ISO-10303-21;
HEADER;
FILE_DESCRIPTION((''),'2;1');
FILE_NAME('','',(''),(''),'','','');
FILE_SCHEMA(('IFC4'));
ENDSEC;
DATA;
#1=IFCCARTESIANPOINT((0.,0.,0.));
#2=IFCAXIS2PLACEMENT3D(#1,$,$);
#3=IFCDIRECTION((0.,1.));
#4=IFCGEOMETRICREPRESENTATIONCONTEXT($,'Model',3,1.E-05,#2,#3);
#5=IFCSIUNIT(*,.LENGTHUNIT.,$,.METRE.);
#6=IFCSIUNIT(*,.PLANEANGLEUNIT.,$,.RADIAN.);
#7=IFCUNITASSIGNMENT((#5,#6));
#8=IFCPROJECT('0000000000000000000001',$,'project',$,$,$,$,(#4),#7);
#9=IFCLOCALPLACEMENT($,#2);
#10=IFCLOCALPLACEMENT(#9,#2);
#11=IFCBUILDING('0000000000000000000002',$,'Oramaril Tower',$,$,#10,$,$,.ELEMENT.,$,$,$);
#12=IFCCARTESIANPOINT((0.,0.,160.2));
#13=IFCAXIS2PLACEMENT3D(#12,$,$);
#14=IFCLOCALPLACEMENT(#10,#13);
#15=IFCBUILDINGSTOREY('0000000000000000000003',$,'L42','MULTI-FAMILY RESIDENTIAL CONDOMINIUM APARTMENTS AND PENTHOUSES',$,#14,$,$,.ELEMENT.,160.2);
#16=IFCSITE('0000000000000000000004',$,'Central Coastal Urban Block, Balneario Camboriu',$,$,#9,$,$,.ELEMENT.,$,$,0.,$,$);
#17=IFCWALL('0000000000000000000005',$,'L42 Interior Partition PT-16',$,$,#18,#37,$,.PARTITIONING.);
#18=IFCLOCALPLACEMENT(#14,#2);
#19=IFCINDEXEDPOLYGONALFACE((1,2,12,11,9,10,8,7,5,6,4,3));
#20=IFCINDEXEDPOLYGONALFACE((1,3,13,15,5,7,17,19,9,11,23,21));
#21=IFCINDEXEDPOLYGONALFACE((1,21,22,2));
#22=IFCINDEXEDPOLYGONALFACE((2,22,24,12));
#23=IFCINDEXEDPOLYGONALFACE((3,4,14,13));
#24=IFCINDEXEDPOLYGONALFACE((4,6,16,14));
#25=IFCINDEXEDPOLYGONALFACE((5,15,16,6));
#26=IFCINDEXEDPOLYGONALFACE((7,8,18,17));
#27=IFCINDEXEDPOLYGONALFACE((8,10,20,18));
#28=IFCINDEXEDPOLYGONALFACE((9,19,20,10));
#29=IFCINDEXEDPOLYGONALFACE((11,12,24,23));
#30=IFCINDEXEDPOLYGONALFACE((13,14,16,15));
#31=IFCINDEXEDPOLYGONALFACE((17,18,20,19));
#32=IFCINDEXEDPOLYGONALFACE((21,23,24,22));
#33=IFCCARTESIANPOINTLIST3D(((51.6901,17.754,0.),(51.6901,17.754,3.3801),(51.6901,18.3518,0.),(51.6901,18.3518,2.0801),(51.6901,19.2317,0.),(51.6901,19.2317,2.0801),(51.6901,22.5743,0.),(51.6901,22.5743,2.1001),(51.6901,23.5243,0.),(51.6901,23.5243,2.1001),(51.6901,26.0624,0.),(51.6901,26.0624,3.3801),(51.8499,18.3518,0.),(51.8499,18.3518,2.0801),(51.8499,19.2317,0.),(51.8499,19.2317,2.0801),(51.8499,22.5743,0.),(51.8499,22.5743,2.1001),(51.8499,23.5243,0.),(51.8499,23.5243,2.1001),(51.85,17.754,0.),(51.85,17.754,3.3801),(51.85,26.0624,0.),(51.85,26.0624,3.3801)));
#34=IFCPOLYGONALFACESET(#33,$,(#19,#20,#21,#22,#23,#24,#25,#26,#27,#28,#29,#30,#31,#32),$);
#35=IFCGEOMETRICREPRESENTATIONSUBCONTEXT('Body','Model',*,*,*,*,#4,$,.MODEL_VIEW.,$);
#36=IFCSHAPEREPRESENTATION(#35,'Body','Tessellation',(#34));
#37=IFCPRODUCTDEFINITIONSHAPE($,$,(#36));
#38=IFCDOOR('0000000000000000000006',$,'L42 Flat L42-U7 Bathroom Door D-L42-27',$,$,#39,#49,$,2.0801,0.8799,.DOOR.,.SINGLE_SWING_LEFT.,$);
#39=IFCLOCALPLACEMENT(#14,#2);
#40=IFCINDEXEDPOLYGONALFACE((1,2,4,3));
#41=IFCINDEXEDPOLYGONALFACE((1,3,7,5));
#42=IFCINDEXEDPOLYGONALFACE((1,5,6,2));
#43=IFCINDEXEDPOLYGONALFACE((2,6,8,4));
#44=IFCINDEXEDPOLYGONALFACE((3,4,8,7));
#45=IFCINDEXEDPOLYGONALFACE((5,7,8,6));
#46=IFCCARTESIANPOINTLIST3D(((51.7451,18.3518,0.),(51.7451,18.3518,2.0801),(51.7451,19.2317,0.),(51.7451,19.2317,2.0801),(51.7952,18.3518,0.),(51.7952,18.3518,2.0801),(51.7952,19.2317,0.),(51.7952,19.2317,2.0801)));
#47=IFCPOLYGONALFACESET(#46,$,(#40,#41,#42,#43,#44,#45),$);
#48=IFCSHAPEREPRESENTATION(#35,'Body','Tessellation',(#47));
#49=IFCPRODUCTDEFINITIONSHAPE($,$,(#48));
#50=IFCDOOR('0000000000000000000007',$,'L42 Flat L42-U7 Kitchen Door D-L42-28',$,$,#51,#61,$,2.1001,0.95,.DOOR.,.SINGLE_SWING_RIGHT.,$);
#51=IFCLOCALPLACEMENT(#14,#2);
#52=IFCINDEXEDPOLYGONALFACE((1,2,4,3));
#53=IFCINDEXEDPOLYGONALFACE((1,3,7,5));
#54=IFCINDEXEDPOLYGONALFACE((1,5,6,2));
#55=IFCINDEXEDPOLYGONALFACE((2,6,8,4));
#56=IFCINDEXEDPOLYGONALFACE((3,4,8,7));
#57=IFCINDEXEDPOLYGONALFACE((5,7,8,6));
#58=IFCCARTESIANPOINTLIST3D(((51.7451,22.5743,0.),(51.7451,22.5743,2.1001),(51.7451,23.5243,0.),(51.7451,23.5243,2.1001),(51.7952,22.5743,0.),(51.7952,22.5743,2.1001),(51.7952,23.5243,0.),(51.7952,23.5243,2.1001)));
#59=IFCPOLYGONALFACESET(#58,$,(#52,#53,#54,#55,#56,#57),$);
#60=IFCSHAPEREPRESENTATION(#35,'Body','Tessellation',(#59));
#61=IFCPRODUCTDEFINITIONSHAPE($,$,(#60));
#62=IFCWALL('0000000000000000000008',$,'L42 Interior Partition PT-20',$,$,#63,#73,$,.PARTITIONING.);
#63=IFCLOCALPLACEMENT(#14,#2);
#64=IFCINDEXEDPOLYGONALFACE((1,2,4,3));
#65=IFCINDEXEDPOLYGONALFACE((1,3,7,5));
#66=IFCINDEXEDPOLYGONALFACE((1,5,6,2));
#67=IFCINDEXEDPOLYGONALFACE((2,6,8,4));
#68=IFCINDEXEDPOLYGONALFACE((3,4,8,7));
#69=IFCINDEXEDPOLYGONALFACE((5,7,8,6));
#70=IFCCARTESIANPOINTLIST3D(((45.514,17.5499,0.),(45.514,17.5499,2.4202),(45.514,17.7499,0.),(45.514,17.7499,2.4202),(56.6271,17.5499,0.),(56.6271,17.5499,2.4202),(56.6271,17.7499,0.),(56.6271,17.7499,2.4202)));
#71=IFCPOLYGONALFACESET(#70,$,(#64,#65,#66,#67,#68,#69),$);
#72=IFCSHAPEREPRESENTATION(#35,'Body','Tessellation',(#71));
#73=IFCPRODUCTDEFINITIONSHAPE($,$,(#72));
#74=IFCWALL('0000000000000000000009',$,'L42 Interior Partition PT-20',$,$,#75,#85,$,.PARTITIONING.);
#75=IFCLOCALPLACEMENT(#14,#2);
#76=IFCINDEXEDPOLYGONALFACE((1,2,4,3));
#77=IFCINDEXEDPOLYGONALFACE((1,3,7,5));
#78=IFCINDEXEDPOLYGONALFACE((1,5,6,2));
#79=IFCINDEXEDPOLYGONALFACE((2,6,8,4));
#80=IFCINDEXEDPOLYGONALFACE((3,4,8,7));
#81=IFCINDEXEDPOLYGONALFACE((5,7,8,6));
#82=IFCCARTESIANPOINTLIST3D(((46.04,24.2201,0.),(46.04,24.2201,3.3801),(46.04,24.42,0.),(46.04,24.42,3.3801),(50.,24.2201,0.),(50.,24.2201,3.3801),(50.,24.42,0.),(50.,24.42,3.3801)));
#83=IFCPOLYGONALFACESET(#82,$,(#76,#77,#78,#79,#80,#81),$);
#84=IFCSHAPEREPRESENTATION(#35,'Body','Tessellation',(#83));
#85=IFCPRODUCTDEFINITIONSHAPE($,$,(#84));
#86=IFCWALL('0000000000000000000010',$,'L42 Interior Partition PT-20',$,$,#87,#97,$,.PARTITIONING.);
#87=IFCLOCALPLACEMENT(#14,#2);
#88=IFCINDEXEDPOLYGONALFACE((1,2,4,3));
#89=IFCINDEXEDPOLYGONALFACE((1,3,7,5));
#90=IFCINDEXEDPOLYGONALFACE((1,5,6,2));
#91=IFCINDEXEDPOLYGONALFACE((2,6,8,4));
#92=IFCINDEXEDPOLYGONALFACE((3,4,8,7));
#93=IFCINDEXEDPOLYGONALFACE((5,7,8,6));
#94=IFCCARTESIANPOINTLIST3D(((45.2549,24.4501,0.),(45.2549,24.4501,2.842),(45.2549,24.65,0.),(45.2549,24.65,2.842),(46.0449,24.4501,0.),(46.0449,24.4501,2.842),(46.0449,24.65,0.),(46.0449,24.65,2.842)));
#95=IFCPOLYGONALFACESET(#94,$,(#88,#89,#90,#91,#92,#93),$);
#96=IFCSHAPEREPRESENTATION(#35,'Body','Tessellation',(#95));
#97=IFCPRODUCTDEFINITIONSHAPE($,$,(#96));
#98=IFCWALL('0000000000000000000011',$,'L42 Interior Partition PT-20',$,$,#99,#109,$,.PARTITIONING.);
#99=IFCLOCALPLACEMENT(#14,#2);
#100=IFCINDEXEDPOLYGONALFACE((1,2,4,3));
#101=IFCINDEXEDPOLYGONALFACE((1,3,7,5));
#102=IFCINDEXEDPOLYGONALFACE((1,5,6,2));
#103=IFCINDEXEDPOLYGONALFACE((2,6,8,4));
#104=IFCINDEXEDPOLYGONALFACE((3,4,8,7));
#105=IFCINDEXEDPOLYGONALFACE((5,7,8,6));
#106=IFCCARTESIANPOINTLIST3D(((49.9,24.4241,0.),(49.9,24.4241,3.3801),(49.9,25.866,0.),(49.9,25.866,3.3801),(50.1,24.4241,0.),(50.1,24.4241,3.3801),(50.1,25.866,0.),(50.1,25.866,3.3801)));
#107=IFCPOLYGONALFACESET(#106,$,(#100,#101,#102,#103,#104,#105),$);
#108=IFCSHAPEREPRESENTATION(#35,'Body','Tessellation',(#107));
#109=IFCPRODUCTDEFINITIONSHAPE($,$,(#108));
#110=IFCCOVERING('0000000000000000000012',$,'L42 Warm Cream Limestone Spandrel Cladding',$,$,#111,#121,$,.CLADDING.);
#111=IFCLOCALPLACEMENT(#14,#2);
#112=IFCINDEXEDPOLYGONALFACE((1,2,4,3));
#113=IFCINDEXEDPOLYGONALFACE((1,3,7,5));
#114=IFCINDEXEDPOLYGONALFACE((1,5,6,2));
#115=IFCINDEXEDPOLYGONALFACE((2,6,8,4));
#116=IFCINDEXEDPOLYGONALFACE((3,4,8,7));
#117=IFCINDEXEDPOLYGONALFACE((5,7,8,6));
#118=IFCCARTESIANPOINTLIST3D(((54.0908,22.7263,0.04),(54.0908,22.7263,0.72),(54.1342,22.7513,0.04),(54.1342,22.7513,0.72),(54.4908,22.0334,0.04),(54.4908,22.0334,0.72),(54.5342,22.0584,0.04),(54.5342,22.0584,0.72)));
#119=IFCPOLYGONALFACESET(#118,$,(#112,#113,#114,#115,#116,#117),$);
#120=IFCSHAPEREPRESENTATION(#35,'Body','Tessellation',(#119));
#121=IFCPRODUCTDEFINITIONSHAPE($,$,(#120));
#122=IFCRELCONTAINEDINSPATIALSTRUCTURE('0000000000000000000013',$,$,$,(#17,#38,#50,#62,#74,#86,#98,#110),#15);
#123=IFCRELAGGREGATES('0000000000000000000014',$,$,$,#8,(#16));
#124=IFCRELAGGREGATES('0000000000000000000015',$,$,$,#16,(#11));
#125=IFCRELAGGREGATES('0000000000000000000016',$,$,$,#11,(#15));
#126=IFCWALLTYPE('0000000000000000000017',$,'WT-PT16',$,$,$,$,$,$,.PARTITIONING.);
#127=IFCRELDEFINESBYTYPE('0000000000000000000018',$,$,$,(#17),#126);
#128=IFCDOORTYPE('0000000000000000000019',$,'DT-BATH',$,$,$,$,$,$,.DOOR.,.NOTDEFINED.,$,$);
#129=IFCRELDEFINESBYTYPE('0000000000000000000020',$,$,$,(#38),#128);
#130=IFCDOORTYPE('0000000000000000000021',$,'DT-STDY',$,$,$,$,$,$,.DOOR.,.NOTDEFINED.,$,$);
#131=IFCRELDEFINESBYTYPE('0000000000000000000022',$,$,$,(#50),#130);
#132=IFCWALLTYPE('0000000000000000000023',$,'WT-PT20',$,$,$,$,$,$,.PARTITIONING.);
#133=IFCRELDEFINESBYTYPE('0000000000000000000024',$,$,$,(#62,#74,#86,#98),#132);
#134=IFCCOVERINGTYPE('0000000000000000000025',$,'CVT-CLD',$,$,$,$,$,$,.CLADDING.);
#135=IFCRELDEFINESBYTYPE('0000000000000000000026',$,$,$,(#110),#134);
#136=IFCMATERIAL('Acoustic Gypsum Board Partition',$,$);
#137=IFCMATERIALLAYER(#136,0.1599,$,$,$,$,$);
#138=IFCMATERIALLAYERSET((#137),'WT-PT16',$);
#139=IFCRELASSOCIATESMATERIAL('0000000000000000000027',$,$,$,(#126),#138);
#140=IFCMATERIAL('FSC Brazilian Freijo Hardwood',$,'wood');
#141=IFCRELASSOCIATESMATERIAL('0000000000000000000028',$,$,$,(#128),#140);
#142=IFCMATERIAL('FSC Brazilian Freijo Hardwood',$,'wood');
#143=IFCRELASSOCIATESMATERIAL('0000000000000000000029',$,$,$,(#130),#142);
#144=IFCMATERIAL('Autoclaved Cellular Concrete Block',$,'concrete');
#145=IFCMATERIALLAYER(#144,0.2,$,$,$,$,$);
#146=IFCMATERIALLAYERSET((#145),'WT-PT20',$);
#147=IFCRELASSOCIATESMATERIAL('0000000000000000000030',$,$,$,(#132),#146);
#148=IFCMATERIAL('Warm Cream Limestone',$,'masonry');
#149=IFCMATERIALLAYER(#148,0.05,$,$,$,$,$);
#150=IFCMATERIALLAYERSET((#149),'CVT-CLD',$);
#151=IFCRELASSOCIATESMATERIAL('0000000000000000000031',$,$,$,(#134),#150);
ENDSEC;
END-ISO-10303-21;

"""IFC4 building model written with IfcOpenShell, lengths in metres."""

from ifc_helpers import new_model, si_unit, direction, frame, frame_2d, origin, origin_2d, place, context, subcontext, project, spatial, rectangle, extrude, material, layer, layer_set, type_object, element, fill, save


model = new_model("IFC4")

# Units and contexts
model_context = context("Model", 3, precision=1e-05, world=origin(), true_north=direction((0.0, 1.0)))
body_context = subcontext(model_context, "Body", "Model", "MODEL_VIEW")
ifc_project = project(units=[si_unit("LENGTHUNIT", "METRE"), si_unit("PLANEANGLEUNIT", "RADIAN")], contexts=[model_context])

# Site, building, storey
site_placement = place(None, origin())
site = spatial("IfcSite", under=ifc_project, at=site_placement, Name="Central Coastal Urban Block, Balneario Camboriu", CompositionType="ELEMENT", RefElevation=0.0)
building_placement = place(site_placement, origin())
building = spatial("IfcBuilding", under=site, at=building_placement, Name="Oramaril Tower", CompositionType="ELEMENT")
storey_placement = place(building_placement, frame((0.0, 0.0, 160.2)))
storey = spatial("IfcBuildingStorey", under=building, at=storey_placement, Name="L42", Description="MULTI-FAMILY RESIDENTIAL CONDOMINIUM APARTMENTS AND PENTHOUSES", CompositionType="ELEMENT", Elevation=160.2)

# Wall, openings, doors
ifc_material_1 = material(Name="Acoustic Gypsum Board Partition")
ifc_layer_1 = layer(ifc_material_1, 0.1599)
ifc_layer_set_1 = layer_set([ifc_layer_1], Name="WT-PT16")
wall_type_1 = type_object("IfcWallType", Name="WT-PT16", PredefinedType="PARTITIONING", material=ifc_layer_set_1)
wall_1_placement = place(storey_placement, frame((51.77, 17.7539, 0.0), z_axis=(0.0, 0.0, 1.0), x_axis=(0.0, 1.0, 0.0)))
wall_1 = element("IfcWall", 1, at=wall_1_placement, inside=storey, type_object=wall_type_1, Name="L42 Interior Partition PT-16", PredefinedType="PARTITIONING", context=body_context, shape_type="SweptSolid", body=[
    extrude(rectangle(XDim=8.3083, YDim=0.1599, at=frame_2d((4.1543, 0.0))), origin(), (0.0, 0.0, 1.0), 3.3801),
])
opening_1_placement = place(wall_1_placement, frame((0.5979, 0.0, 0.0)))
opening_1 = element("IfcOpeningElement", 2, at=opening_1_placement, cuts=wall_1, PredefinedType="OPENING", context=body_context, shape_type="SweptSolid", body=[
    extrude(rectangle(XDim=0.8799, YDim=2.0801, at=frame_2d((0.4399, 1.04))), frame((0.0, 0.0801, 0.0), z_axis=(0.0, -1.0, 0.0), x_axis=(1.0, 0.0, 0.0)), (0.0, 0.0, 1.0), 0.1599),
])
opening_2_placement = place(wall_1_placement, frame((4.8203, 0.0, 0.0)))
opening_2 = element("IfcOpeningElement", 3, at=opening_2_placement, cuts=wall_1, PredefinedType="OPENING", context=body_context, shape_type="SweptSolid", body=[
    extrude(rectangle(XDim=0.95, YDim=2.1001, at=frame_2d((0.4751, 1.05))), frame((0.0, 0.0801, 0.0), z_axis=(0.0, -1.0, 0.0), x_axis=(1.0, 0.0, 0.0)), (0.0, 0.0, 1.0), 0.1599),
])
ifc_material_2 = material(Name="FSC Brazilian Freijo Hardwood", Category="wood")
door_type_1 = type_object("IfcDoorType", Name="DT-BATH", OperationType="NOTDEFINED", PredefinedType="DOOR", material=ifc_material_2)
door_1_placement = place(opening_1_placement, origin())
door_1 = element("IfcDoor", 4, at=door_1_placement, inside=storey, type_object=door_type_1, Name="L42 Flat L42-U7 Bathroom Door D-L42-27", OperationType="SINGLE_SWING_LEFT", OverallHeight=2.0801, OverallWidth=0.8799, PredefinedType="DOOR", context=body_context, shape_type="SweptSolid", body=[
    extrude(rectangle(XDim=0.8799, YDim=2.0801, at=frame_2d((0.4399, 1.04))), frame((0.0, 0.0249, 0.0), z_axis=(0.0, -1.0, 0.0), x_axis=(1.0, 0.0, 0.0)), (0.0, 0.0, 1.0), 0.05),
])
fill(opening_1, door_1)
ifc_material_3 = material(Name="FSC Brazilian Freijo Hardwood", Category="wood")
door_type_2 = type_object("IfcDoorType", Name="DT-STDY", OperationType="NOTDEFINED", PredefinedType="DOOR", material=ifc_material_3)
door_2_placement = place(opening_2_placement, origin())
door_2 = element("IfcDoor", 5, at=door_2_placement, inside=storey, type_object=door_type_2, Name="L42 Flat L42-U7 Kitchen Door D-L42-28", OperationType="SINGLE_SWING_RIGHT", OverallHeight=2.1001, OverallWidth=0.95, PredefinedType="DOOR", context=body_context, shape_type="SweptSolid", body=[
    extrude(rectangle(XDim=0.95, YDim=2.1001, at=frame_2d((0.4751, 1.05))), frame((0.0, 0.0249, 0.0), z_axis=(0.0, -1.0, 0.0), x_axis=(1.0, 0.0, 0.0)), (0.0, 0.0, 1.0), 0.05),
])
fill(opening_2, door_2)

# Walls
ifc_material_4 = material(Name="Autoclaved Cellular Concrete Block", Category="concrete")
ifc_layer_2 = layer(ifc_material_4, 0.2)
ifc_layer_set_2 = layer_set([ifc_layer_2], Name="WT-PT20")
wall_type_2 = type_object("IfcWallType", Name="WT-PT20", PredefinedType="PARTITIONING", material=ifc_layer_set_2)
wall_2_placement = place(storey_placement, frame((45.5139, 17.6499, 0.0), z_axis=(0.0, 0.0, 1.0), x_axis=(1.0, 0.0, 0.0)))
element("IfcWall", 6, at=wall_2_placement, inside=storey, type_object=wall_type_2, Name="L42 Interior Partition PT-20", PredefinedType="PARTITIONING", context=body_context, shape_type="SweptSolid", body=[
    extrude(rectangle(XDim=11.113, YDim=0.2, at=frame_2d((5.5566, 0.0))), origin(), (0.0, 0.0, 1.0), 2.4202),
])
wall_3_placement = place(storey_placement, frame((46.04, 24.3201, 0.0), z_axis=(0.0, 0.0, 1.0), x_axis=(1.0, 0.0, 0.0)))
element("IfcWall", 7, at=wall_3_placement, inside=storey, type_object=wall_type_2, Name="L42 Interior Partition PT-20", PredefinedType="PARTITIONING", context=body_context, shape_type="SweptSolid", body=[
    extrude(rectangle(XDim=3.96, YDim=0.2, at=frame_2d((1.98, 0.0))), origin(), (0.0, 0.0, 1.0), 3.3801),
])
wall_4_placement = place(storey_placement, frame((45.2549, 24.55, 0.0), z_axis=(0.0, 0.0, 1.0), x_axis=(1.0, 0.0, 0.0)))
element("IfcWall", 8, at=wall_4_placement, inside=storey, type_object=wall_type_2, Name="L42 Interior Partition PT-20", PredefinedType="PARTITIONING", context=body_context, shape_type="SweptSolid", body=[
    extrude(rectangle(XDim=0.79, YDim=0.2, at=frame_2d((0.395, 0.0))), origin(), (0.0, 0.0, 1.0), 2.842),
])
wall_5_placement = place(storey_placement, frame((50.0, 24.4241, 0.0), z_axis=(0.0, 0.0, 1.0), x_axis=(0.0, 1.0, 0.0)))
element("IfcWall", 9, at=wall_5_placement, inside=storey, type_object=wall_type_2, Name="L42 Interior Partition PT-20", PredefinedType="PARTITIONING", context=body_context, shape_type="SweptSolid", body=[
    extrude(rectangle(XDim=1.4419, YDim=0.2, at=frame_2d((0.7209, 0.0))), origin(), (0.0, 0.0, 1.0), 3.3801),
])

# Covering
ifc_material_5 = material(Name="Warm Cream Limestone", Category="masonry")
ifc_layer_3 = layer(ifc_material_5, 0.05)
ifc_layer_set_3 = layer_set([ifc_layer_3], Name="CVT-CLD")
covering_type = type_object("IfcCoveringType", Name="CVT-CLD", PredefinedType="CLADDING", material=ifc_layer_set_3)
covering_placement = place(storey_placement, frame((54.3125, 22.3923, 0.04), z_axis=(0.0, 0.0, 1.0), x_axis=(-0.5, 0.866025, 0.0)))
element("IfcCovering", 10, at=covering_placement, inside=storey, type_object=covering_type, Name="L42 Warm Cream Limestone Spandrel Cladding", PredefinedType="CLADDING", context=body_context, shape_type="SweptSolid", body=[
    extrude(rectangle(XDim=0.8, YDim=0.05, at=origin_2d()), origin(), (0.0, 0.0, 1.0), 0.6799),
])

save(model, "model.ifc")
